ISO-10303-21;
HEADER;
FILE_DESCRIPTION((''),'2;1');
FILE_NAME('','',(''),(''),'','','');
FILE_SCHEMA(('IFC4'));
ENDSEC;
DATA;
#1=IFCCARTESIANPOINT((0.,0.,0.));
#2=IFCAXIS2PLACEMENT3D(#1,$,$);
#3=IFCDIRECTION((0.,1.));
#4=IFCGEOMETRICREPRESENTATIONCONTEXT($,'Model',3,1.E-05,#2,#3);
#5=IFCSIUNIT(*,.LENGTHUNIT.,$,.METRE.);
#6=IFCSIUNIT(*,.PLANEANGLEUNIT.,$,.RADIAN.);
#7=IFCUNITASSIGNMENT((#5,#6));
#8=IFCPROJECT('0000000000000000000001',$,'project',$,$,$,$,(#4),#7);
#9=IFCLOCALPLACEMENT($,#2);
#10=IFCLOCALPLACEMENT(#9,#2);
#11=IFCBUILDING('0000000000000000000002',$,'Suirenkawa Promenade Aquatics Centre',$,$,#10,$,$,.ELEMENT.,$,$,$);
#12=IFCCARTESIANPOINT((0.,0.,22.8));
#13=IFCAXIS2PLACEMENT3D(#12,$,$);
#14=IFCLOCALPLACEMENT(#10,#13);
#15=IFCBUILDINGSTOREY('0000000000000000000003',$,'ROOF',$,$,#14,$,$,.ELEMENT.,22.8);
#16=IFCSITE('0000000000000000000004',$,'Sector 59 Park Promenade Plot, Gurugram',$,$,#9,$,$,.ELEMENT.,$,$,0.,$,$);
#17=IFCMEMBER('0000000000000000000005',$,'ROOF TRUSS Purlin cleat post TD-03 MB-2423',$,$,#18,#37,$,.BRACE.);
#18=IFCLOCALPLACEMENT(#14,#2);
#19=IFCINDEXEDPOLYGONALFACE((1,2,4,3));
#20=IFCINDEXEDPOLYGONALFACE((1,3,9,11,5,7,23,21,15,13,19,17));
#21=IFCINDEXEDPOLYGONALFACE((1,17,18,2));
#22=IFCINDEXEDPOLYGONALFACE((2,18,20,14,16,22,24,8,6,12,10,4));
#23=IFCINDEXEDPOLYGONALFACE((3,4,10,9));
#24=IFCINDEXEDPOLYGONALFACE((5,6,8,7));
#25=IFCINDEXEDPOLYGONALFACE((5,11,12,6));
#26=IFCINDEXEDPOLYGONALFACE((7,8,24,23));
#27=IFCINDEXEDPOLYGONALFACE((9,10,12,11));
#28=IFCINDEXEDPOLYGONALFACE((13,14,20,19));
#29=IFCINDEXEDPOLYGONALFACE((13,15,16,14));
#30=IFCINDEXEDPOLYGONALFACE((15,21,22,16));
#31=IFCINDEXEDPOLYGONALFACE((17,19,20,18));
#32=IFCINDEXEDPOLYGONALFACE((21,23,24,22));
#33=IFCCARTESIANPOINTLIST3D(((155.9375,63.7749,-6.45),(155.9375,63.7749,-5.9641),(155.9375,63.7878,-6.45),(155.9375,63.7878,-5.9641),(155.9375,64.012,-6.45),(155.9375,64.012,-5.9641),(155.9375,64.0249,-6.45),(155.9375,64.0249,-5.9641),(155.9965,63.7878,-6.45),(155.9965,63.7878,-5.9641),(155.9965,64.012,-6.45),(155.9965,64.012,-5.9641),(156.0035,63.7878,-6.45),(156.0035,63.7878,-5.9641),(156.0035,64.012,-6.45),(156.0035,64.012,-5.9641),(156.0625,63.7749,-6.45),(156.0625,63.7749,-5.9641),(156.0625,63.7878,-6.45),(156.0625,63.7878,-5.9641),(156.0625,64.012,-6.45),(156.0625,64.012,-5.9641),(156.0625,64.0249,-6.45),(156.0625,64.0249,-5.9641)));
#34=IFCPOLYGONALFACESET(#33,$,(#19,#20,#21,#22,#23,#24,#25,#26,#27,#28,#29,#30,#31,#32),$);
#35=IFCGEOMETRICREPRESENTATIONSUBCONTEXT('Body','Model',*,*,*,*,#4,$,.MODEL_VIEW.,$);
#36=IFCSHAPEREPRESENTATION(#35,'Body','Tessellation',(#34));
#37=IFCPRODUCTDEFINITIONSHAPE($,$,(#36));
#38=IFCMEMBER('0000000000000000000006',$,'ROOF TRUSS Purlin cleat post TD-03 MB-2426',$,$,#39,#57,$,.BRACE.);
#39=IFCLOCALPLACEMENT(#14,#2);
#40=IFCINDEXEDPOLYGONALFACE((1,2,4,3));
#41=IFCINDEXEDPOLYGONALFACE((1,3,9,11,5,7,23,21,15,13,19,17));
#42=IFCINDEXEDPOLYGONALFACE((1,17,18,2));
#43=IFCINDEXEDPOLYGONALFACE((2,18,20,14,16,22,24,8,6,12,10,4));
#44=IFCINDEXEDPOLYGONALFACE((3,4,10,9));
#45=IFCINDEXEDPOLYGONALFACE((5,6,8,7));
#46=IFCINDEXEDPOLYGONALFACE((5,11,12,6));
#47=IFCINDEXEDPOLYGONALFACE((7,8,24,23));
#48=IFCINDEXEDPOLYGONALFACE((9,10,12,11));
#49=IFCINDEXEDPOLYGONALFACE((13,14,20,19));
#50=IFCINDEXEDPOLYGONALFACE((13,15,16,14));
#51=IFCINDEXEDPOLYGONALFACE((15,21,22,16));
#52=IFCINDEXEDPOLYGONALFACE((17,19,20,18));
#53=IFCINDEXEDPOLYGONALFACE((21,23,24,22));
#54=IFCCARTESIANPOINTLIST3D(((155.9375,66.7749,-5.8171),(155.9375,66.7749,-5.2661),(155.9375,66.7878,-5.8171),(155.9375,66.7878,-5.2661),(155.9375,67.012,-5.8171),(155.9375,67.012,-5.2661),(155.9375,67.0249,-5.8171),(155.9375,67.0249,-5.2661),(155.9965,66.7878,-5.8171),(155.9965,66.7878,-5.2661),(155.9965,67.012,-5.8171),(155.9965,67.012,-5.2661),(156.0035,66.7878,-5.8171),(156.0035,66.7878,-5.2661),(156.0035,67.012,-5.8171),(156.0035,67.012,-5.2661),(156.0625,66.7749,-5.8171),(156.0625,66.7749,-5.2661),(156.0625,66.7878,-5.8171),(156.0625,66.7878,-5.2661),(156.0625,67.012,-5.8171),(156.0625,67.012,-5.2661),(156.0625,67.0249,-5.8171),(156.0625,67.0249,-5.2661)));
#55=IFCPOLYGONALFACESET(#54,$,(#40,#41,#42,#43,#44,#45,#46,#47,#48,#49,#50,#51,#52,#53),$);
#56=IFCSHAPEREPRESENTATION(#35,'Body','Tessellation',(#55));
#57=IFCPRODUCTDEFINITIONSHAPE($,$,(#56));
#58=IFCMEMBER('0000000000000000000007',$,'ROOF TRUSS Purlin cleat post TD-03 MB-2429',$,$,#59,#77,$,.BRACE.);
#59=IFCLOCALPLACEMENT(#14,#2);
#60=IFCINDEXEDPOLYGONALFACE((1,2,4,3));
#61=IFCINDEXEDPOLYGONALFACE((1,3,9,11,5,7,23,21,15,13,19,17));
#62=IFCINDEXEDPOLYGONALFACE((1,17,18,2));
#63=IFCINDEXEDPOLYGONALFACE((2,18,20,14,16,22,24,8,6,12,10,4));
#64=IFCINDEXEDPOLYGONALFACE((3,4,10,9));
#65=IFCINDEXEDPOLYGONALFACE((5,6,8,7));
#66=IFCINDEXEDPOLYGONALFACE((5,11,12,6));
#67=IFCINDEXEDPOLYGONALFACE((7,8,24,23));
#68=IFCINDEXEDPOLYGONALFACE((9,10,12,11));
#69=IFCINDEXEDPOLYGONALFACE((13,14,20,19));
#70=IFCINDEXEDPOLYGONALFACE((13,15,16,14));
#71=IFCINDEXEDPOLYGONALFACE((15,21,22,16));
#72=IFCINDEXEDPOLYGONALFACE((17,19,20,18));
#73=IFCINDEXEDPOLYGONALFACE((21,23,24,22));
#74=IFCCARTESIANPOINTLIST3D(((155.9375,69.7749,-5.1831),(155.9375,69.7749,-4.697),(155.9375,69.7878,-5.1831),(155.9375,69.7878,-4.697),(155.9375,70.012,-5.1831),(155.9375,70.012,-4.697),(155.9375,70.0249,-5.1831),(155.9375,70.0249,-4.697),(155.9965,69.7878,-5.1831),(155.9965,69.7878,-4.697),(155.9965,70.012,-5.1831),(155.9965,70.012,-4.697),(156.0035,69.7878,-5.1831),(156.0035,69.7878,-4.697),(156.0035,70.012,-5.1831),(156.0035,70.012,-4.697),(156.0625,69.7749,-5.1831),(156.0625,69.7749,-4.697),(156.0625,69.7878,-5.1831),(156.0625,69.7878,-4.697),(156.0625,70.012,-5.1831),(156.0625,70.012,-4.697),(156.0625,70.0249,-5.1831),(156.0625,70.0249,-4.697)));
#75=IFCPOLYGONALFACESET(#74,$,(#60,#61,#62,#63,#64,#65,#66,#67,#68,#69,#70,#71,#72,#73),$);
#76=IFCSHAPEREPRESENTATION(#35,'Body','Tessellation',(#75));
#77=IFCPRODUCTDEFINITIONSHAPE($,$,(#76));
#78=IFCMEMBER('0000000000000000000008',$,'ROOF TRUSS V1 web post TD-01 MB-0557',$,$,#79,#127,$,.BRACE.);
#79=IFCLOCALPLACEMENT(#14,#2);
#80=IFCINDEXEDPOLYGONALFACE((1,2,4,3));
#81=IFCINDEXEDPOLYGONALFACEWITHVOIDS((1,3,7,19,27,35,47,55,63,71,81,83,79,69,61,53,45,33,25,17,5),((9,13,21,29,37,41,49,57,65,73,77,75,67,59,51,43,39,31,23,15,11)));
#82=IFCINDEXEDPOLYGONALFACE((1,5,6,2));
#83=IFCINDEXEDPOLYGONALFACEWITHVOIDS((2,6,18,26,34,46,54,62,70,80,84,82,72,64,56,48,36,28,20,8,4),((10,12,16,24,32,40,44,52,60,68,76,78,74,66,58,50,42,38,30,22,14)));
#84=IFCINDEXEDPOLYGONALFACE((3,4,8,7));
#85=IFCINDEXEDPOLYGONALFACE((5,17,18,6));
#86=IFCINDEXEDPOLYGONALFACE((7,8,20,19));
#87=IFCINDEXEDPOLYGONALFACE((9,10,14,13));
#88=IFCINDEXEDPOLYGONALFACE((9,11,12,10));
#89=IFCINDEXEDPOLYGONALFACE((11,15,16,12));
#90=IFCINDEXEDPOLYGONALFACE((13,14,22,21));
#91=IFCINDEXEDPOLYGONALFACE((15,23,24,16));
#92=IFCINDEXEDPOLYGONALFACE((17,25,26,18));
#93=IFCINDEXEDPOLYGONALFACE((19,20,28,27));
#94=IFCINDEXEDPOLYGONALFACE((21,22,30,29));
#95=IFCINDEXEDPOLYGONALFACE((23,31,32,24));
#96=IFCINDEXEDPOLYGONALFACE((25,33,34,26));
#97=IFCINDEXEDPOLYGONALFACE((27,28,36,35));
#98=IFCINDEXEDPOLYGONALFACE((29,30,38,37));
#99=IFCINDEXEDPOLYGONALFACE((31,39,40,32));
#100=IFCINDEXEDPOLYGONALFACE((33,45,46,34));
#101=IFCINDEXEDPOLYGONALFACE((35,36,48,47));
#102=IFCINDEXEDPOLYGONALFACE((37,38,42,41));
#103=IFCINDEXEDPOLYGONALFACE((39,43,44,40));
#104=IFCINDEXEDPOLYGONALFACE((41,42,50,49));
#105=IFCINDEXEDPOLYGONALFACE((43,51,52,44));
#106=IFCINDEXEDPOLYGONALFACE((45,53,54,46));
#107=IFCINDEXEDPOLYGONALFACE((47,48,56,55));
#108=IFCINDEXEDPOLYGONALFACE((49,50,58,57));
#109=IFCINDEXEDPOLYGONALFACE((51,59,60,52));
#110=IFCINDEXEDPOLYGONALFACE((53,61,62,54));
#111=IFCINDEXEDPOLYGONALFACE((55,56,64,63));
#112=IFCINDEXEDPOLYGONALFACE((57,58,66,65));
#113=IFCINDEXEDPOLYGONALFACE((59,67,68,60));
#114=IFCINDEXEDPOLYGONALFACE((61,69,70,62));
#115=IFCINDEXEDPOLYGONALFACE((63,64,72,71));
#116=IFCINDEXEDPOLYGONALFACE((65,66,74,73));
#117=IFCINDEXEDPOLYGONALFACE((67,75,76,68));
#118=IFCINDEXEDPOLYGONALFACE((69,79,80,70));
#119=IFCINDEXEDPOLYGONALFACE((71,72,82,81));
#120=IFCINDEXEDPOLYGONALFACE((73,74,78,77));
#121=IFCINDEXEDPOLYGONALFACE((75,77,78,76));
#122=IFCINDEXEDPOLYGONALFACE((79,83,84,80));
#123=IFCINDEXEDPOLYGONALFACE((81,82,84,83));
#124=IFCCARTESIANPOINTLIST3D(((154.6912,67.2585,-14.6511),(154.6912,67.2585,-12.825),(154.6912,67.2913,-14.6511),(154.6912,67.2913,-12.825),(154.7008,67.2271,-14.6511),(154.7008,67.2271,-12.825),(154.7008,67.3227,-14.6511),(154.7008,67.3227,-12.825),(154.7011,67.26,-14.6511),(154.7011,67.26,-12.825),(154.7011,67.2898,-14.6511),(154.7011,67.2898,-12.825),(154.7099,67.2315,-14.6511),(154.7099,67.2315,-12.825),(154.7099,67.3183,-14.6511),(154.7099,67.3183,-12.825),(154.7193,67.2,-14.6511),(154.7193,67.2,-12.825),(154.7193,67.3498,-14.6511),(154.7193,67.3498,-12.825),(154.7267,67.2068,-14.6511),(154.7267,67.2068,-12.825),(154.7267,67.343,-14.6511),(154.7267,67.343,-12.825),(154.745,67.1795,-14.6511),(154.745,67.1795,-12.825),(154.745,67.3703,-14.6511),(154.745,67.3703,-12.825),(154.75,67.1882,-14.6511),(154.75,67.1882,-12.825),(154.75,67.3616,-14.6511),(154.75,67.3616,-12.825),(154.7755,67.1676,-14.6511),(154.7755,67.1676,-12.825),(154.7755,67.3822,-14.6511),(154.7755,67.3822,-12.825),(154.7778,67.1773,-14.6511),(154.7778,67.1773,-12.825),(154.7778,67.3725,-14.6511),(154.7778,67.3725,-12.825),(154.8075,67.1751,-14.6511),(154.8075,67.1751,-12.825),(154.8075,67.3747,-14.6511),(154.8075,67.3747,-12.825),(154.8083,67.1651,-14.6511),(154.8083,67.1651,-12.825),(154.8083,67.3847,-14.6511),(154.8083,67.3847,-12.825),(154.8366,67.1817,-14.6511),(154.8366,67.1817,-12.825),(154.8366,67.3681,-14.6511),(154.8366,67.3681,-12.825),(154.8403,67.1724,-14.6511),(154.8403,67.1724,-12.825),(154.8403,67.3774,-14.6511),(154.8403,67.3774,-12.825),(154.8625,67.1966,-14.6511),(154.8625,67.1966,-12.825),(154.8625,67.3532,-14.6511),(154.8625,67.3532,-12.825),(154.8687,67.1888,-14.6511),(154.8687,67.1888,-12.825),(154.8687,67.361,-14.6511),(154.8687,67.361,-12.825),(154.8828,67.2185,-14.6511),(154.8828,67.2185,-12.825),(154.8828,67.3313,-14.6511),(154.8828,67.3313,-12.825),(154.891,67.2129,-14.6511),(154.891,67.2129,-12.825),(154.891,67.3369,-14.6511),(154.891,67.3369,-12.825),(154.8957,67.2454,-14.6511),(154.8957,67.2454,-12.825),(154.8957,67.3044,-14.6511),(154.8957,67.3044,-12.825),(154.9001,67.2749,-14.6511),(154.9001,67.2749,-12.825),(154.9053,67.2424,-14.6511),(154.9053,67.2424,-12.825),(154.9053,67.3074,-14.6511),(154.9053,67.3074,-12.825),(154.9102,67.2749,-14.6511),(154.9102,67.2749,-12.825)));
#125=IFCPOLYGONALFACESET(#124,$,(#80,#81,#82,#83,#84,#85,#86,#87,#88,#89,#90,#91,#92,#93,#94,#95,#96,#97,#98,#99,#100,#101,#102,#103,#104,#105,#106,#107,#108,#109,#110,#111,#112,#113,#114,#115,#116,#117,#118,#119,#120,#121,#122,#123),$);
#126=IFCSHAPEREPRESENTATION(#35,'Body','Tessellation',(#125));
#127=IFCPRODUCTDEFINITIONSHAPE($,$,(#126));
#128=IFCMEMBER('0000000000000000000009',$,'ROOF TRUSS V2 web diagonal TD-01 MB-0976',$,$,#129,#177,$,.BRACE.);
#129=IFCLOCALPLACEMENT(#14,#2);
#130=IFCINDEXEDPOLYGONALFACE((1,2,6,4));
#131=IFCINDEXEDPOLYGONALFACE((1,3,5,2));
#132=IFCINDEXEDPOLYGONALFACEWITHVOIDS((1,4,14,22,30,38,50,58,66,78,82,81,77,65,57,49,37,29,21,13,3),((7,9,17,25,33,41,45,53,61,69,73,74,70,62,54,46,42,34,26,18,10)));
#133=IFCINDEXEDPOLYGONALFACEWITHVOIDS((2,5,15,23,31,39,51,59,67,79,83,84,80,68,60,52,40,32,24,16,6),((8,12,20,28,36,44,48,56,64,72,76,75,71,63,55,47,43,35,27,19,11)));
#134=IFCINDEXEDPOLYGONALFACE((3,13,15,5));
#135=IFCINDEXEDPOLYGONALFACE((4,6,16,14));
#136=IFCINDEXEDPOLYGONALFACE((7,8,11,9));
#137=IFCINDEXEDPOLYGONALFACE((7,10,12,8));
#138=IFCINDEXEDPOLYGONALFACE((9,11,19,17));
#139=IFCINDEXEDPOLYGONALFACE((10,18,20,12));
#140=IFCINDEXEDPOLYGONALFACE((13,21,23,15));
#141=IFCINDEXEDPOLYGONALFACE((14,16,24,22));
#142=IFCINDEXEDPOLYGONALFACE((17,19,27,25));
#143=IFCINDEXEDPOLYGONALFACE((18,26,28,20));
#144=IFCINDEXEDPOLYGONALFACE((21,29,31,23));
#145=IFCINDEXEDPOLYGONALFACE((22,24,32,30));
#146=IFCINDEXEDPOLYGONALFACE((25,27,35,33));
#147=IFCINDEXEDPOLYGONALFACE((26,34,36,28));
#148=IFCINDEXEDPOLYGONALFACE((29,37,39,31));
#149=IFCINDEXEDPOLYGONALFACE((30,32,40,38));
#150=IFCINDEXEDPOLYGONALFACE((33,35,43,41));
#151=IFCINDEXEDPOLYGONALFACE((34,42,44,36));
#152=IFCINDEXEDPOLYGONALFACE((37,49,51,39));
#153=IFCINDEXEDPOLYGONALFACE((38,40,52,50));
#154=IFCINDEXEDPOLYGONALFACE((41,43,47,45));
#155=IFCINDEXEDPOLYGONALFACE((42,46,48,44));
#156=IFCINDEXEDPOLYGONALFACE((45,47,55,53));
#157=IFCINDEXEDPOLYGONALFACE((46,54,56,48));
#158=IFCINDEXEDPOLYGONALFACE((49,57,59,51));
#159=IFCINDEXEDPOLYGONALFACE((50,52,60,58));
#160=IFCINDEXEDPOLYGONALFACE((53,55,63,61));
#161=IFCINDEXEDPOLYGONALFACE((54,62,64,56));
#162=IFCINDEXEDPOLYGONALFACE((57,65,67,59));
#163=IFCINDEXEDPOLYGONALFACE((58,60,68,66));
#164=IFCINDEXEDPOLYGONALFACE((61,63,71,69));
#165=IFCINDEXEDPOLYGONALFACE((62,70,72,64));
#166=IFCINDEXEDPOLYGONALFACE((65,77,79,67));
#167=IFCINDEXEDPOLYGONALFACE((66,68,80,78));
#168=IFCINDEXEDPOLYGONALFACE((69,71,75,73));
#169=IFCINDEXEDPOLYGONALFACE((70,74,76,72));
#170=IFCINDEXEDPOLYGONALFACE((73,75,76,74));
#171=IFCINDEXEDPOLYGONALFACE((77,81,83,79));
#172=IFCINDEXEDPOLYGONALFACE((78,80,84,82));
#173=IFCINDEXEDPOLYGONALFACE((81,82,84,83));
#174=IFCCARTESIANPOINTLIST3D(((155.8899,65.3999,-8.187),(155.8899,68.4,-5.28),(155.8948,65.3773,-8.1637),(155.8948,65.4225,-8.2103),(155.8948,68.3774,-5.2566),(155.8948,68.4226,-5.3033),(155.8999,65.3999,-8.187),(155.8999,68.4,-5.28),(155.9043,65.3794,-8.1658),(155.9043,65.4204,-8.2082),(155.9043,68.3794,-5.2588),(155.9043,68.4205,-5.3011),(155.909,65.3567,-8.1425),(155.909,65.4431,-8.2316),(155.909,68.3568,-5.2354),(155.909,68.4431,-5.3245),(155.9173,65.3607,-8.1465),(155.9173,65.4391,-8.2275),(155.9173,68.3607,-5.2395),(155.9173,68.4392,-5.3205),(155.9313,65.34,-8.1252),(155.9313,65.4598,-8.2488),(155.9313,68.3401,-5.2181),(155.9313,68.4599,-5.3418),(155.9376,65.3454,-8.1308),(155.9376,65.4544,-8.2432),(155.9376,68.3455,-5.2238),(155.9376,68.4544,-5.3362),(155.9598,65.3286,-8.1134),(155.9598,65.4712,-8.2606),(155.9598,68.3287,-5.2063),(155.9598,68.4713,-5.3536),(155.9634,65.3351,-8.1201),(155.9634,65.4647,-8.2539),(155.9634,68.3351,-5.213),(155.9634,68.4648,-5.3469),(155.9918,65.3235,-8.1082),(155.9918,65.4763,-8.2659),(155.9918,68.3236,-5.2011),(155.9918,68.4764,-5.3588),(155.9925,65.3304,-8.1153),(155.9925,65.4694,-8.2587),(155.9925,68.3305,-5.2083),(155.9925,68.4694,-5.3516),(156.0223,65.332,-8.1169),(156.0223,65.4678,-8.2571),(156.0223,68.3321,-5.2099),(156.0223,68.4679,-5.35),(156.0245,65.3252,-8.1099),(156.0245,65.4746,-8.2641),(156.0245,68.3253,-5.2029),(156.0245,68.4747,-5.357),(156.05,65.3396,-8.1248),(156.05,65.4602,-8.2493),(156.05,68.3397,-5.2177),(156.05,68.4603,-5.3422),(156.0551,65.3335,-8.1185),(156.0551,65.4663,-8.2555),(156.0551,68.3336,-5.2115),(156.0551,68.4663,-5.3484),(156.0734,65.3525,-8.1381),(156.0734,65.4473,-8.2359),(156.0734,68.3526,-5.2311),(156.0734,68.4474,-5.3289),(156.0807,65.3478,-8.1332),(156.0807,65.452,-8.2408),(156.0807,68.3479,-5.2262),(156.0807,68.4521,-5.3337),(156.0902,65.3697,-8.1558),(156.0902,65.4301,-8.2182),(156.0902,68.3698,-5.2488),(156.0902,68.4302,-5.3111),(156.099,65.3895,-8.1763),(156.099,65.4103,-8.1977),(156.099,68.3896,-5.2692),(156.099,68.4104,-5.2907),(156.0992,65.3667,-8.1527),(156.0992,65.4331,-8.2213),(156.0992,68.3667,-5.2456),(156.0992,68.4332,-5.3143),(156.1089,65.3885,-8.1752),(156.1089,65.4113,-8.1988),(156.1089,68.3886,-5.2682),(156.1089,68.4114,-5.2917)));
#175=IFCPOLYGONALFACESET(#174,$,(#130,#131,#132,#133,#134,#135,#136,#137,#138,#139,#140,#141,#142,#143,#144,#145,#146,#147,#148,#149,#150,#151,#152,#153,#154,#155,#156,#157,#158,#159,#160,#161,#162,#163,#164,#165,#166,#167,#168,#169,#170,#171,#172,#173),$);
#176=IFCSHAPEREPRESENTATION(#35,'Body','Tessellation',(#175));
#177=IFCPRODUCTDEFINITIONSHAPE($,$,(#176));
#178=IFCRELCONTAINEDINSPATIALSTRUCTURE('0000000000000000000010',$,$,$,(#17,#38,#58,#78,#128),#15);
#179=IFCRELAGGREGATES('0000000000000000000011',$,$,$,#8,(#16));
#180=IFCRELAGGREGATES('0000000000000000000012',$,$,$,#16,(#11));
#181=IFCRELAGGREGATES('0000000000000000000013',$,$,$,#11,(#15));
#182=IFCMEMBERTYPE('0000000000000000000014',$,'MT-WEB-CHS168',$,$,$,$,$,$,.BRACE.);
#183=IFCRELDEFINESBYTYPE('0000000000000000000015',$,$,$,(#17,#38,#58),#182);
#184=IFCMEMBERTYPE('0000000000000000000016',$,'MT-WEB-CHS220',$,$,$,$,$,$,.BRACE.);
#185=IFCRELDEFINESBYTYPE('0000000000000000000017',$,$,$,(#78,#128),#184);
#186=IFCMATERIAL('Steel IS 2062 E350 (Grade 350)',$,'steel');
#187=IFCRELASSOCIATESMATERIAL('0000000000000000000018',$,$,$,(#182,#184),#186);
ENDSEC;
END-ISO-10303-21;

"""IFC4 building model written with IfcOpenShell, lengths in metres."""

from ifc_helpers import new_model, si_unit, direction, frame, origin, origin_2d, place, context, subcontext, project, spatial, hollow_circle, i_section, extrude, material, material_profile, profile_set, type_object, element, save


model = new_model("IFC4")

# Units and contexts
model_context = context("Model", 3, precision=1e-05, world=origin(), true_north=direction((0.0, 1.0)))
body_context = subcontext(model_context, "Body", "Model", "MODEL_VIEW")
ifc_project = project(units=[si_unit("LENGTHUNIT", "METRE"), si_unit("PLANEANGLEUNIT", "RADIAN")], contexts=[model_context])

# Site, building, storey
site_placement = place(None, origin())
site = spatial("IfcSite", under=ifc_project, at=site_placement, Name="Sector 59 Park Promenade Plot, Gurugram", CompositionType="ELEMENT", RefElevation=0.0)
building_placement = place(site_placement, origin())
building = spatial("IfcBuilding", under=site, at=building_placement, Name="Suirenkawa Promenade Aquatics Centre", CompositionType="ELEMENT")
storey_placement = place(building_placement, frame((0.0, 0.0, 22.8)))
storey = spatial("IfcBuildingStorey", under=building, at=storey_placement, Name="ROOF", CompositionType="ELEMENT", Elevation=22.8)

# Shared definitions
ifc_material = material(Name="Steel IS 2062 E350 (Grade 350)", Category="steel")

# Members
ifc_material_profile_1 = material_profile(ifc_material, i_section(OverallWidth=0.125, OverallDepth=0.25, WebThickness=0.0071, FlangeThickness=0.0129, at=origin_2d()), Name="ISMB 250", Category="steel")
ifc_profile_set_1 = profile_set([ifc_material_profile_1], Name="Steel IS 2062 E350 (Grade 350)")
member_type_1 = type_object("IfcMemberType", Name="MT-WEB-CHS168", PredefinedType="BRACE", material=ifc_profile_set_1)
member_1_placement = place(storey_placement, frame((156.0, 63.8999, -6.45), z_axis=(0.0, 0.0, 1.0), x_axis=(1.0, 0.0, 0.0)))
element("IfcMember", 1, at=member_1_placement, inside=storey, type_object=member_type_1, Name="ROOF TRUSS Purlin cleat post TD-03 MB-2423", PredefinedType="BRACE", context=body_context, shape_type="SweptSolid", body=[
    extrude(i_section(OverallWidth=0.125, OverallDepth=0.25, WebThickness=0.0071, FlangeThickness=0.0129, at=origin_2d()), origin(), (0.0, 0.0, 1.0), 0.4858),
])
member_2_placement = place(storey_placement, frame((156.0, 66.8999, -5.8171), z_axis=(0.0, 0.0, 1.0), x_axis=(1.0, 0.0, 0.0)))
element("IfcMember", 2, at=member_2_placement, inside=storey, type_object=member_type_1, Name="ROOF TRUSS Purlin cleat post TD-03 MB-2426", PredefinedType="BRACE", context=body_context, shape_type="SweptSolid", body=[
    extrude(i_section(OverallWidth=0.125, OverallDepth=0.25, WebThickness=0.0071, FlangeThickness=0.0129, at=origin_2d()), origin(), (0.0, 0.0, 1.0), 0.551),
])
member_3_placement = place(storey_placement, frame((156.0, 69.8999, -5.1831), z_axis=(0.0, 0.0, 1.0), x_axis=(1.0, 0.0, 0.0)))
element("IfcMember", 3, at=member_3_placement, inside=storey, type_object=member_type_1, Name="ROOF TRUSS Purlin cleat post TD-03 MB-2429", PredefinedType="BRACE", context=body_context, shape_type="SweptSolid", body=[
    extrude(i_section(OverallWidth=0.125, OverallDepth=0.25, WebThickness=0.0071, FlangeThickness=0.0129, at=origin_2d()), origin(), (0.0, 0.0, 1.0), 0.4861),
])
ifc_material_profile_2 = material_profile(ifc_material, hollow_circle(Radius=0.1101, WallThickness=0.01, at=origin_2d()), Name="CHS 220x10", Category="steel")
ifc_profile_set_2 = profile_set([ifc_material_profile_2], Name="Steel IS 2062 E350 (Grade 350)")
member_type_2 = type_object("IfcMemberType", Name="MT-WEB-CHS220", PredefinedType="BRACE", material=ifc_profile_set_2)
member_4_placement = place(storey_placement, frame((154.8, 67.2749, -14.6511), z_axis=(0.0, 0.0, 1.0), x_axis=(1.0, 0.0, 0.0)))
element("IfcMember", 4, at=member_4_placement, inside=storey, type_object=member_type_2, Name="ROOF TRUSS V1 web post TD-01 MB-0557", PredefinedType="BRACE", context=body_context, shape_type="SweptSolid", body=[
    extrude(hollow_circle(Radius=0.1101, WallThickness=0.01, at=origin_2d()), origin(), (0.0, 0.0, 1.0), 1.8262),
])
member_5_placement = place(storey_placement, frame((156.0, 65.3999, -8.187), z_axis=(0.0, 0.718153, 0.695886), x_axis=(-1.0, 0.0, 0.0)))
element("IfcMember", 5, at=member_5_placement, inside=storey, type_object=member_type_2, Name="ROOF TRUSS V2 web diagonal TD-01 MB-0976", PredefinedType="BRACE", context=body_context, shape_type="SweptSolid", body=[
    extrude(hollow_circle(Radius=0.1101, WallThickness=0.01, at=origin_2d()), origin(), (0.0, 0.0, 1.0), 4.1775),
])

save(model, "model.ifc")
